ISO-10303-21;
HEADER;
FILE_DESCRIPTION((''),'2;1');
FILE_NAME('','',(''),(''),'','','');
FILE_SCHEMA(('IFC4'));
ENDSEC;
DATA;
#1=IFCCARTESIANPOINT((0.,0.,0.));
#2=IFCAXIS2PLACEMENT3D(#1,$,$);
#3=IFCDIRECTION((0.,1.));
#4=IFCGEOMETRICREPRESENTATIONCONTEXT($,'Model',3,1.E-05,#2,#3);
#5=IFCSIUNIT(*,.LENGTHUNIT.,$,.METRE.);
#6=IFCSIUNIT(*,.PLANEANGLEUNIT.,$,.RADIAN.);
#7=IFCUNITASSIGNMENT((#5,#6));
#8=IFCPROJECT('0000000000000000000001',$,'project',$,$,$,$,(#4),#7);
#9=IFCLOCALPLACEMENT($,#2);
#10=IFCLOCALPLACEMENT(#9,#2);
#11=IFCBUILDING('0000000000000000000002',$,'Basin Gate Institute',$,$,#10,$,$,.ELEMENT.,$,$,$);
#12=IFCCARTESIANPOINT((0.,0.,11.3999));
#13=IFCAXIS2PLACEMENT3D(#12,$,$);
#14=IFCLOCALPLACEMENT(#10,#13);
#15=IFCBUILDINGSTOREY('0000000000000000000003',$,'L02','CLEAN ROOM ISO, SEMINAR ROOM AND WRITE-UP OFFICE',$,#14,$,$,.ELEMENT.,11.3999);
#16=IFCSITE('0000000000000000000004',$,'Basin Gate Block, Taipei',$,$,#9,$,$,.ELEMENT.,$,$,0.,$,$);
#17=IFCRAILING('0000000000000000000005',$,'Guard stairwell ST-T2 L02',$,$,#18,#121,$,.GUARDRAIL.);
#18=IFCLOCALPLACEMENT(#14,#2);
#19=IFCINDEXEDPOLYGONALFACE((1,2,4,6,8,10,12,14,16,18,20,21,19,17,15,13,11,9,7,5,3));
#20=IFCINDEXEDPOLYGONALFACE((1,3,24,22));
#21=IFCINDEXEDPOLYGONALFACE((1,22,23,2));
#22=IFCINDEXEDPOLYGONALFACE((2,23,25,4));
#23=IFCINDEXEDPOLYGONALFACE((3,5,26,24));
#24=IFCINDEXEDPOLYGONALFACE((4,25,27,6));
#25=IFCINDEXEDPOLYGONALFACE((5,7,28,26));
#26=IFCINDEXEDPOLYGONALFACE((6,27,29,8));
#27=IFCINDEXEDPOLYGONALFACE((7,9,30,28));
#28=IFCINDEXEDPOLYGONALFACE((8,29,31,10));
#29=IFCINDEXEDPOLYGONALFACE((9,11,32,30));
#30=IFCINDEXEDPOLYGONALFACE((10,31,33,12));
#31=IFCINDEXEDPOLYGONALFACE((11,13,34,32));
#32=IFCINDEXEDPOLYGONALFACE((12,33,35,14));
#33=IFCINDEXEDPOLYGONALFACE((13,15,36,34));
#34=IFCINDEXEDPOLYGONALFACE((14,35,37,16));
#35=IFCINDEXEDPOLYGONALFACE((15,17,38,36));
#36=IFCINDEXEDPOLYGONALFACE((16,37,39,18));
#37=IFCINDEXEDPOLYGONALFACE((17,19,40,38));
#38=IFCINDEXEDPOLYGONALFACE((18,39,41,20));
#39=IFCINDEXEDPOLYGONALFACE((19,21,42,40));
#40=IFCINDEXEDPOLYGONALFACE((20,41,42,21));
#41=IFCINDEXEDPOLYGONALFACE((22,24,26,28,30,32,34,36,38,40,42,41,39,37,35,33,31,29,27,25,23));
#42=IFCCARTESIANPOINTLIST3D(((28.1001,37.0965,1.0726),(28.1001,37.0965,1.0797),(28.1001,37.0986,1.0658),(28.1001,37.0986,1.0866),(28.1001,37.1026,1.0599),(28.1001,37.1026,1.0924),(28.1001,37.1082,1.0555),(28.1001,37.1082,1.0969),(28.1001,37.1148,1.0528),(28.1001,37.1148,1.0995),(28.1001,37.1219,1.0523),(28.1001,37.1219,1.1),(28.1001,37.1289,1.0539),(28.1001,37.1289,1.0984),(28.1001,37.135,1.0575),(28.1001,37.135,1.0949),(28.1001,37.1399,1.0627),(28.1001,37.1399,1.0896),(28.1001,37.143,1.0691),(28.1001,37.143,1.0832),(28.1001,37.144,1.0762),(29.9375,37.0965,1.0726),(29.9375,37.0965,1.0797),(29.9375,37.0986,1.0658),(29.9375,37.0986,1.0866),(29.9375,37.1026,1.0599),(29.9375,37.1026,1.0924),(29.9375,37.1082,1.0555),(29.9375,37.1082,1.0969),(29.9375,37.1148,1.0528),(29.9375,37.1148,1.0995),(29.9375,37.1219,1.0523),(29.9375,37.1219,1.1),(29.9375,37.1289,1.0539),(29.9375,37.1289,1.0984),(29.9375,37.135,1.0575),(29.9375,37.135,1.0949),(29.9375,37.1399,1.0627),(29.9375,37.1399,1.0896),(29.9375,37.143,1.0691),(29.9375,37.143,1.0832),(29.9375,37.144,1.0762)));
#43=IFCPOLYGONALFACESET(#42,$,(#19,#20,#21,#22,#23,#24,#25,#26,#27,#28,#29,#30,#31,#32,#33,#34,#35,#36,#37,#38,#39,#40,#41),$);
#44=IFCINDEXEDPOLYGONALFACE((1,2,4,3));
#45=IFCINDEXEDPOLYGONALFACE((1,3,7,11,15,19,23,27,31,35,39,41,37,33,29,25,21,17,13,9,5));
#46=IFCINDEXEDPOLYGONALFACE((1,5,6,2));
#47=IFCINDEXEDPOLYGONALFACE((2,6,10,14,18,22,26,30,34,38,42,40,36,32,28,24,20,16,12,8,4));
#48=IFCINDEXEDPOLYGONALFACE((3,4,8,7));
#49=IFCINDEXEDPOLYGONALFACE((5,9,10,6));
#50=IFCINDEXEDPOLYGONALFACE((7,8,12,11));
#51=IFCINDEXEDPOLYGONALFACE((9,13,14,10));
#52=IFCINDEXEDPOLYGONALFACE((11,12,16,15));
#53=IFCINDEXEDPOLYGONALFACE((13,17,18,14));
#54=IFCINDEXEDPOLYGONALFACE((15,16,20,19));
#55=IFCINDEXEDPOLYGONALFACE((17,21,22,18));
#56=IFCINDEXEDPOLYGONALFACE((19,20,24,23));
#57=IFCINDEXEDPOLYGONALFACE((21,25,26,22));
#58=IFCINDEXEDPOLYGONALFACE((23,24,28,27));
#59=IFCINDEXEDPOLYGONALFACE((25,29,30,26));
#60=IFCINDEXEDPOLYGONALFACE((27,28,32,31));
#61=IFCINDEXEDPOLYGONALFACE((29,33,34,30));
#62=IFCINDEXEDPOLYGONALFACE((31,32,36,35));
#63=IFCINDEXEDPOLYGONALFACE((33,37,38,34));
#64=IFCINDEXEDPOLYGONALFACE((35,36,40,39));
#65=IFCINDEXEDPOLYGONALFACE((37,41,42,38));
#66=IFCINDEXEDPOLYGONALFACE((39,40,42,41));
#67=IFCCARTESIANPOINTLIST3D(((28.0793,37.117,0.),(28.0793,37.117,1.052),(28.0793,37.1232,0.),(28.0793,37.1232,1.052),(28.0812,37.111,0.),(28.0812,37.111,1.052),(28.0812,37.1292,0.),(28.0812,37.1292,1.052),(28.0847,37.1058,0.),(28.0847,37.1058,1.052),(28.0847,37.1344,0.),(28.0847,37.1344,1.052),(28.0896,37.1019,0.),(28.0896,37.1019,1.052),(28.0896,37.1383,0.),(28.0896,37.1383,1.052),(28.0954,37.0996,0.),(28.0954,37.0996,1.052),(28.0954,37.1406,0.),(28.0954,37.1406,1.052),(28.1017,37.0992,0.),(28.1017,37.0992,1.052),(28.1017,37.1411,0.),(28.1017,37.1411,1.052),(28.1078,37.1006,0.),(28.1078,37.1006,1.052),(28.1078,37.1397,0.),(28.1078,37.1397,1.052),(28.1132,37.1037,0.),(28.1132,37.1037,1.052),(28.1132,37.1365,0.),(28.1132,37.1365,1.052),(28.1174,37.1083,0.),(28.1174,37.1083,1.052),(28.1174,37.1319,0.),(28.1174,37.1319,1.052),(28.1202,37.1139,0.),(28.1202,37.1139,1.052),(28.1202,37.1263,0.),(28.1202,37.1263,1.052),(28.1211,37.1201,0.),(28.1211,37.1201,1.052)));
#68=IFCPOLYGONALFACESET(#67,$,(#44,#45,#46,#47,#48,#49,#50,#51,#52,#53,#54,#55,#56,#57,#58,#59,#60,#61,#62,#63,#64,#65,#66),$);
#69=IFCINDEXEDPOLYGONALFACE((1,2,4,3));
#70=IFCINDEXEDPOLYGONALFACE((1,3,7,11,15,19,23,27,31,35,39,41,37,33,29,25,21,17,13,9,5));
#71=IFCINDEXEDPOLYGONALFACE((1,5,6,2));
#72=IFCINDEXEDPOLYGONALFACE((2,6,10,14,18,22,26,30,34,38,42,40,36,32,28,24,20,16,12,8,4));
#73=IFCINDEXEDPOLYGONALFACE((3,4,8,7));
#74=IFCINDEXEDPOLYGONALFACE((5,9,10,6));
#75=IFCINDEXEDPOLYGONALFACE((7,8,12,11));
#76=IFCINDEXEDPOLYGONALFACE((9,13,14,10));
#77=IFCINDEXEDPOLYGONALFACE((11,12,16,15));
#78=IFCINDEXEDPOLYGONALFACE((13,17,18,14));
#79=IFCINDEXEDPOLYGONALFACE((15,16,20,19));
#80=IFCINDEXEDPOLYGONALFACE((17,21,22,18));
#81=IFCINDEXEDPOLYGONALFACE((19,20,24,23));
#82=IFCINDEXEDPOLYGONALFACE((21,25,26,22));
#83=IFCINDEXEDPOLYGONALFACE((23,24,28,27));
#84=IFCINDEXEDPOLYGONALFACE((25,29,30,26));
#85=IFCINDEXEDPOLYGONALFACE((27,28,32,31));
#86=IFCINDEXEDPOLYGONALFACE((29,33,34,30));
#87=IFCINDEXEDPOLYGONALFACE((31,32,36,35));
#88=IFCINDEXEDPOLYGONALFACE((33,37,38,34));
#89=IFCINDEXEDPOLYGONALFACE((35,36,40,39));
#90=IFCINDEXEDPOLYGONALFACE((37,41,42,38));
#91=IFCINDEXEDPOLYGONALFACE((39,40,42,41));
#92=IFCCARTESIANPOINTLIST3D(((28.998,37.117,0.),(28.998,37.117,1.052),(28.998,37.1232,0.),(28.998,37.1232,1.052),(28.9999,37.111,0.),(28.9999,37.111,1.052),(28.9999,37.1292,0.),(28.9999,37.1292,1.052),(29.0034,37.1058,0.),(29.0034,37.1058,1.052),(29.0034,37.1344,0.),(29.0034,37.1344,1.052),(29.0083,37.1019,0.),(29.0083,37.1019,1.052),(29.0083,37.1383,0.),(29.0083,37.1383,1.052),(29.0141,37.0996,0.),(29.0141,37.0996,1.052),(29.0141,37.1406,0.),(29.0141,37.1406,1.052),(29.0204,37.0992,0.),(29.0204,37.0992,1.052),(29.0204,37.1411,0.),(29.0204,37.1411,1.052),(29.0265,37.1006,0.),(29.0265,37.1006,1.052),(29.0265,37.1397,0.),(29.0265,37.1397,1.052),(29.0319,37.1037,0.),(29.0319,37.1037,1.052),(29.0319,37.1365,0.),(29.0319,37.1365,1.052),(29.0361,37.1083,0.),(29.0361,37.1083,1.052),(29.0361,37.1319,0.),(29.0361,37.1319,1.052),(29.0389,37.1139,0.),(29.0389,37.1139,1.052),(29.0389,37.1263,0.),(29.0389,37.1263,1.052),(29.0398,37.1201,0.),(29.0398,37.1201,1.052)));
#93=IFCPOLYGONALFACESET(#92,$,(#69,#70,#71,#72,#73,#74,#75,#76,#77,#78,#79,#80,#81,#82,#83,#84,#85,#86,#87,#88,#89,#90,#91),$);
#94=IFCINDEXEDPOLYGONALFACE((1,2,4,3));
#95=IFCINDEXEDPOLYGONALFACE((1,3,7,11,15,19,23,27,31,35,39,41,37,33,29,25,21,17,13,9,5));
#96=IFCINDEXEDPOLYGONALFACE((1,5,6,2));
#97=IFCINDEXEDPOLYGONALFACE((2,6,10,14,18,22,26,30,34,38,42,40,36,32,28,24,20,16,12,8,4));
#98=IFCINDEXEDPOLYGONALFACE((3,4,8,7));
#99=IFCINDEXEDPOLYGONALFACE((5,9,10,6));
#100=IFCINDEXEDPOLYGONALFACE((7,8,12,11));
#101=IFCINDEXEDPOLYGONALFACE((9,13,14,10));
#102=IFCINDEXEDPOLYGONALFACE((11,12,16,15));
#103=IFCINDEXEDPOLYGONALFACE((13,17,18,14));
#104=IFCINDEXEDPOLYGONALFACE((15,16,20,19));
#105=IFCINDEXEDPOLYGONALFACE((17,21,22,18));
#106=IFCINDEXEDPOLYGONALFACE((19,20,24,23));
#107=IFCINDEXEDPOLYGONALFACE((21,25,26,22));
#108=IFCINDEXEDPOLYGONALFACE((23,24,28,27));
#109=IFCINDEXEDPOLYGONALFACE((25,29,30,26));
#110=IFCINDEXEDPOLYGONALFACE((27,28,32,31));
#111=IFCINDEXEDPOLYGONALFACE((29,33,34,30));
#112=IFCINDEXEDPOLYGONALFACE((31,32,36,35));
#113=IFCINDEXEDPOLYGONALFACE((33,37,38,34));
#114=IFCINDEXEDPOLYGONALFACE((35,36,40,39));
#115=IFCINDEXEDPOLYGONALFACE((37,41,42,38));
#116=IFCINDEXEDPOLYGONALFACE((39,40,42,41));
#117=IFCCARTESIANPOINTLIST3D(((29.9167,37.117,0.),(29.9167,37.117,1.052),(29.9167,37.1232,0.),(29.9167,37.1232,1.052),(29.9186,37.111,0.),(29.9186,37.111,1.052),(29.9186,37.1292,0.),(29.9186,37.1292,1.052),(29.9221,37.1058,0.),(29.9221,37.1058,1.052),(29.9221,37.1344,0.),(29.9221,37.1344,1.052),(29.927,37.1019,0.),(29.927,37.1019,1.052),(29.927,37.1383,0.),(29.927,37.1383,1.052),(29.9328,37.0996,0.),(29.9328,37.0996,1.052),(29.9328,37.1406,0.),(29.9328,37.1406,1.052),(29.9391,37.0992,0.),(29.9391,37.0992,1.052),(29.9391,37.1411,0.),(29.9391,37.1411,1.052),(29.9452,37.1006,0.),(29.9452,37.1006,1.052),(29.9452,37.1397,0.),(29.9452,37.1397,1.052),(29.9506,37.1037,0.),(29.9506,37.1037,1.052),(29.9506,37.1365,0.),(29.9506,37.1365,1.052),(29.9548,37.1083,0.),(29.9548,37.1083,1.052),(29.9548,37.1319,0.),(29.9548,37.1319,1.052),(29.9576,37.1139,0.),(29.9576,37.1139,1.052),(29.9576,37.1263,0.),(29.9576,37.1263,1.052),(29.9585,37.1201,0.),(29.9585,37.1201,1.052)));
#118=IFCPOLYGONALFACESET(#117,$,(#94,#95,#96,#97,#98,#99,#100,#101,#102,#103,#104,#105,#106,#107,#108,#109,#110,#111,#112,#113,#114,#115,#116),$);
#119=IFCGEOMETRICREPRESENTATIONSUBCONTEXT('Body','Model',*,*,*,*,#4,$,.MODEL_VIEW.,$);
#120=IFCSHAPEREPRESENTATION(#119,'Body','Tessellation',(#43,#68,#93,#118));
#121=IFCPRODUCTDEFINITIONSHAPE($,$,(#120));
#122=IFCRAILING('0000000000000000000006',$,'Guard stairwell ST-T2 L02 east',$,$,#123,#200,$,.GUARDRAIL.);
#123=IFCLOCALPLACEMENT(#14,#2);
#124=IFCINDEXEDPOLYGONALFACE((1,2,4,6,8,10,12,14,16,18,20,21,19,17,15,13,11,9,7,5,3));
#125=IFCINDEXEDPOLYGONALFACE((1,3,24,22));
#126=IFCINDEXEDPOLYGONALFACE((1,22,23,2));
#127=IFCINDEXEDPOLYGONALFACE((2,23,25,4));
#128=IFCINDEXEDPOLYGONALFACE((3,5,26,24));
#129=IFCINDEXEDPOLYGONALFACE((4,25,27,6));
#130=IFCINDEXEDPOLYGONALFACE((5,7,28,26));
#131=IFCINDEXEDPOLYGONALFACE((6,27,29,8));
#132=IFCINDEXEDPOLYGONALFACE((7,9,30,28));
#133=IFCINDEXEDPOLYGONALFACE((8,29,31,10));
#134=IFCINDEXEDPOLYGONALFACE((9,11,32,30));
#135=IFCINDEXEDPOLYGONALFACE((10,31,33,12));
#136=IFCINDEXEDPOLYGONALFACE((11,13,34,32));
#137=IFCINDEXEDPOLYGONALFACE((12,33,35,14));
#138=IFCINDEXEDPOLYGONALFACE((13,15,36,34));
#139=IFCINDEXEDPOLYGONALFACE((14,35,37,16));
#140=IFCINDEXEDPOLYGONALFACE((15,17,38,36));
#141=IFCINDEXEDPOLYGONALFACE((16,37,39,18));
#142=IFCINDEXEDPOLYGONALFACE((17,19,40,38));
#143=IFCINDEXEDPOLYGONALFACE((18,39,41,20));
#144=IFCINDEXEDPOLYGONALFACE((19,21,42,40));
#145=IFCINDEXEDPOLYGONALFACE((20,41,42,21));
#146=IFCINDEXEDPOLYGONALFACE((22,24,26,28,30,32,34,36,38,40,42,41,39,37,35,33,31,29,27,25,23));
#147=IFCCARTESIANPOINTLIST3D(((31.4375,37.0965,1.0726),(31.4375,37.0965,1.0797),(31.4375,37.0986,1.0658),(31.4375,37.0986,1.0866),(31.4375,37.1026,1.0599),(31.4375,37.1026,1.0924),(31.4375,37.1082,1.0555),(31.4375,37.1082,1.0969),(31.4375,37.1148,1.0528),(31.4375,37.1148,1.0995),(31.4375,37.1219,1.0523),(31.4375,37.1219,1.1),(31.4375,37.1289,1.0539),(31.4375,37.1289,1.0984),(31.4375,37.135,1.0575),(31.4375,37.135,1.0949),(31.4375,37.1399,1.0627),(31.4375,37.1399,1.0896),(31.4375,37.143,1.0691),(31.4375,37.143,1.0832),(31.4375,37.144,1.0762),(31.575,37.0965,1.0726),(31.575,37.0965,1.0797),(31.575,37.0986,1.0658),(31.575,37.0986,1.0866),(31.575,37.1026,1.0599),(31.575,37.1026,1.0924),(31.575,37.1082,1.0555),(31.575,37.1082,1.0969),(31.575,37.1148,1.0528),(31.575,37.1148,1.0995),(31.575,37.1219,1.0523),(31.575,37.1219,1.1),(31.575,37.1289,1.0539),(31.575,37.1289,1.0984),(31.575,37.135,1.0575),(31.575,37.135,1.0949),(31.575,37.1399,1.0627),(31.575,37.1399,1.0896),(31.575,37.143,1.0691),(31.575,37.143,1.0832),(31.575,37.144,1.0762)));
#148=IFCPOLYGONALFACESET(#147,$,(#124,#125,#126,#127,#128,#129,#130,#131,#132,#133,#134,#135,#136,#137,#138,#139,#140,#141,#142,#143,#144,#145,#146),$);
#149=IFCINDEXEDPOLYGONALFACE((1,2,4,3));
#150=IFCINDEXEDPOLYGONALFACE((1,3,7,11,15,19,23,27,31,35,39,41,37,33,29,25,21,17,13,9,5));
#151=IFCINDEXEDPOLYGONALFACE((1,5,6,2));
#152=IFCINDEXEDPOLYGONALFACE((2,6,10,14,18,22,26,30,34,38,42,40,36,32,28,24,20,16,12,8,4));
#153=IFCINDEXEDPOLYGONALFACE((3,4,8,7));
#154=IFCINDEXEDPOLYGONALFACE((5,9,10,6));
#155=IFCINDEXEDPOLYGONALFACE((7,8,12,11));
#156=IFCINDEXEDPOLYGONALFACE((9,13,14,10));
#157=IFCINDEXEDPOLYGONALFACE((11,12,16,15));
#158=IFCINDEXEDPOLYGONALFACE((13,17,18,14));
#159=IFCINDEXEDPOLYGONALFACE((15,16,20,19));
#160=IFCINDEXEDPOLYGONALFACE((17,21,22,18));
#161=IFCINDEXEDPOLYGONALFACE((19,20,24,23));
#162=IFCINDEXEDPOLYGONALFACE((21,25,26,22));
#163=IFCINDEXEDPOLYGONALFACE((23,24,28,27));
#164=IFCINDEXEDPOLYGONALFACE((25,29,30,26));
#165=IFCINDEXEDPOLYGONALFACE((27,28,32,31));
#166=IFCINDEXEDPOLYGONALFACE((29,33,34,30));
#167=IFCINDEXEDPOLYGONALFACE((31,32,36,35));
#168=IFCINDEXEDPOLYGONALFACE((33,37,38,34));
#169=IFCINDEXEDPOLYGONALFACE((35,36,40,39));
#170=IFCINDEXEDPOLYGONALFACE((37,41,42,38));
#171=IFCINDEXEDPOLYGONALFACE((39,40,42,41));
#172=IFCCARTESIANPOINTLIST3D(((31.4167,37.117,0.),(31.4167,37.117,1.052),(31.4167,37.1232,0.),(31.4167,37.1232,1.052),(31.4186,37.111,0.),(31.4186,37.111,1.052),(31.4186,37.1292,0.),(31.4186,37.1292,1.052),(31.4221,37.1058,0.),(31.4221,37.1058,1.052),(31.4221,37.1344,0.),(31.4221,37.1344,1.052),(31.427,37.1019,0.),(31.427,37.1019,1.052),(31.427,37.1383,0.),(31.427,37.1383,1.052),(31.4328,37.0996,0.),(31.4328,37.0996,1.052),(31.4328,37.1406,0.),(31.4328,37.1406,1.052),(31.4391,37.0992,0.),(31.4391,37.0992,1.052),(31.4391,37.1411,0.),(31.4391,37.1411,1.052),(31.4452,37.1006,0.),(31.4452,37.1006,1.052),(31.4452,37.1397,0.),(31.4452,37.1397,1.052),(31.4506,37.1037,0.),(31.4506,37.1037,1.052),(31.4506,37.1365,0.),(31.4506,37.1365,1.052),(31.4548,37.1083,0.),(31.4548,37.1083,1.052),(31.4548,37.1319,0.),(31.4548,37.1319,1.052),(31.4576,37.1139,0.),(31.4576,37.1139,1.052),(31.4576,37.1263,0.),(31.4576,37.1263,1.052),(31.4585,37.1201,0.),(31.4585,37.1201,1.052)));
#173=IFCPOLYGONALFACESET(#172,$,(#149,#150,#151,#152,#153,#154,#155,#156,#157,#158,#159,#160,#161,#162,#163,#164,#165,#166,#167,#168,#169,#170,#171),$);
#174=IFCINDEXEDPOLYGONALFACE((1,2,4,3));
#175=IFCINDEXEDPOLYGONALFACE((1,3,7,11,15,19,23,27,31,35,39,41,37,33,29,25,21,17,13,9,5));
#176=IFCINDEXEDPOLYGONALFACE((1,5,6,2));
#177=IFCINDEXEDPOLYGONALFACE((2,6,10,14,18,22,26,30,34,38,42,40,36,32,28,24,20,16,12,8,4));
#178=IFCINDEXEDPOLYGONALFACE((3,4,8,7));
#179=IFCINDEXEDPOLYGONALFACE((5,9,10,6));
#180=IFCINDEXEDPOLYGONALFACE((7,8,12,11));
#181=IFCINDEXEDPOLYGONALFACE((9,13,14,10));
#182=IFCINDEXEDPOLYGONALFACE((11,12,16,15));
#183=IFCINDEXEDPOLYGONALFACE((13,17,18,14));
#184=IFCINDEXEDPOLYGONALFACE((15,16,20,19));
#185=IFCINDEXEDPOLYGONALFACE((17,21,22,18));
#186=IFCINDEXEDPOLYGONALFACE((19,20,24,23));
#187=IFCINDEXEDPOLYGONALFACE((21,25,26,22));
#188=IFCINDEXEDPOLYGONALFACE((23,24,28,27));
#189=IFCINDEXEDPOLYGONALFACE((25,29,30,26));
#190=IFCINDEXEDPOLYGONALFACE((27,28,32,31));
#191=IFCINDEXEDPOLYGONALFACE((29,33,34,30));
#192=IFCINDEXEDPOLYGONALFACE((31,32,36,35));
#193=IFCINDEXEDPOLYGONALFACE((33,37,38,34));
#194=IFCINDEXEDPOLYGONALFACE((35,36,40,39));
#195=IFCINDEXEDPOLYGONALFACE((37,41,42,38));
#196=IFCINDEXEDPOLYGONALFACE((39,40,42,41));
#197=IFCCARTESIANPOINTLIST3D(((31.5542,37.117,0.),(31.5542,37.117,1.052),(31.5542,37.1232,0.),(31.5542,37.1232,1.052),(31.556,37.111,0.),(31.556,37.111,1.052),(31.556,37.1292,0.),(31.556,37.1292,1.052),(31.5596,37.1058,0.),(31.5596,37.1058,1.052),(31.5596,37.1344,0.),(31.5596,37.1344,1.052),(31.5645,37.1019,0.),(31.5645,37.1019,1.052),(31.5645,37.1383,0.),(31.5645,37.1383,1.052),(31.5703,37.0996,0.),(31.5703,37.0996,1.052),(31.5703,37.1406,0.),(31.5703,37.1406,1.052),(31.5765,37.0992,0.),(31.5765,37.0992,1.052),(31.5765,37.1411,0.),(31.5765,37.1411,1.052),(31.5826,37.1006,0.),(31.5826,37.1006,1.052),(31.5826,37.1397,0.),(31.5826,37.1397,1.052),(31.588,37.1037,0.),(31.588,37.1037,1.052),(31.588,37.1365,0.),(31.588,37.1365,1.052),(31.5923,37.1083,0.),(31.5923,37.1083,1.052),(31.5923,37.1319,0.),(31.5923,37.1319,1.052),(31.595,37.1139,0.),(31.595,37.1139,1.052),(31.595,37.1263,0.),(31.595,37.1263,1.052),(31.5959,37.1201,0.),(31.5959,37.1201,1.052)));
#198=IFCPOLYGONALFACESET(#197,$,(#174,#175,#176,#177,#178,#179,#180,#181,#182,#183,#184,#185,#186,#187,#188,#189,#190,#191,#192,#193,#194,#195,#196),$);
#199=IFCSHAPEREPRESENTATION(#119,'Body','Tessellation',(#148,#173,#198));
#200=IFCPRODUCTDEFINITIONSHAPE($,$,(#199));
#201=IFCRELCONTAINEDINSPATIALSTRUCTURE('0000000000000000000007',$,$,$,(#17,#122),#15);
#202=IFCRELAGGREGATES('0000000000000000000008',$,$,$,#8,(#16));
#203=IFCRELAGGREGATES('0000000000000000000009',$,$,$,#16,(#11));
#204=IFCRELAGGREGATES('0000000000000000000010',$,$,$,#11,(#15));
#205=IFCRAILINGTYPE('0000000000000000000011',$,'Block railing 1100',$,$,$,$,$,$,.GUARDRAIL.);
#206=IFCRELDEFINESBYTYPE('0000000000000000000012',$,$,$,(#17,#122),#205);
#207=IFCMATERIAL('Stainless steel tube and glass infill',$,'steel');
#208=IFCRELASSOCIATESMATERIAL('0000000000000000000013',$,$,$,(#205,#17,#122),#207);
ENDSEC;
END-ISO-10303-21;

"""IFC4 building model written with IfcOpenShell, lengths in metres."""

from ifc_helpers import new_model, si_unit, direction, frame, origin, origin_2d, place, context, subcontext, project, spatial, circle, extrude, material, type_object, element, save


model = new_model("IFC4")

# Units and contexts
model_context = context("Model", 3, precision=1e-05, world=origin(), true_north=direction((0.0, 1.0)))
body_context = subcontext(model_context, "Body", "Model", "MODEL_VIEW")
ifc_project = project(units=[si_unit("LENGTHUNIT", "METRE"), si_unit("PLANEANGLEUNIT", "RADIAN")], contexts=[model_context])

# Site, building, storey
site_placement = place(None, origin())
site = spatial("IfcSite", under=ifc_project, at=site_placement, Name="Basin Gate Block, Taipei", CompositionType="ELEMENT", RefElevation=0.0)
building_placement = place(site_placement, origin())
building = spatial("IfcBuilding", under=site, at=building_placement, Name="Basin Gate Institute", CompositionType="ELEMENT")
storey_placement = place(building_placement, frame((0.0, 0.0, 11.3999)))
storey = spatial("IfcBuildingStorey", under=building, at=storey_placement, Name="L02", Description="CLEAN ROOM ISO, SEMINAR ROOM AND WRITE-UP OFFICE", CompositionType="ELEMENT", Elevation=11.3999)

# Railings
ifc_material_1 = material(Name="Stainless steel tube and glass infill", Category="steel")
railing_type = type_object("IfcRailingType", Name="Block railing 1100", PredefinedType="GUARDRAIL", material=ifc_material_1)
railing_1_placement = place(storey_placement, frame((28.1001, 37.1201, 0.0)))
element("IfcRailing", 1, at=railing_1_placement, inside=storey, type_object=railing_type, material=ifc_material_1, Name="Guard stairwell ST-T2 L02", PredefinedType="GUARDRAIL", context=body_context, shape_type="SweptSolid", body=[
    extrude(circle(Radius=0.0239, at=origin_2d()), frame((0.0, 0.0, 1.0762), z_axis=(1.0, 0.0, 0.0), x_axis=(0.0, 1.0, 0.0)), (0.0, 0.0, 1.0), 1.8374),
    extrude(circle(Radius=0.021, at=origin_2d()), origin(), (0.0, 0.0, 1.0), 1.052),
    extrude(circle(Radius=0.021, at=origin_2d()), frame((0.9187, 0.0, 0.0)), (0.0, 0.0, 1.0), 1.052),
    extrude(circle(Radius=0.021, at=origin_2d()), frame((1.8374, 0.0, 0.0)), (0.0, 0.0, 1.0), 1.052),
])
railing_2_placement = place(storey_placement, frame((31.4375, 37.1201, 0.0)))
element("IfcRailing", 2, at=railing_2_placement, inside=storey, type_object=railing_type, material=ifc_material_1, Name="Guard stairwell ST-T2 L02 east", PredefinedType="GUARDRAIL", context=body_context, shape_type="SweptSolid", body=[
    extrude(circle(Radius=0.0239, at=origin_2d()), frame((0.0, 0.0, 1.0762), z_axis=(1.0, 0.0, 0.0), x_axis=(0.0, 1.0, 0.0)), (0.0, 0.0, 1.0), 0.1375),
    extrude(circle(Radius=0.021, at=origin_2d()), origin(), (0.0, 0.0, 1.0), 1.052),
    extrude(circle(Radius=0.021, at=origin_2d()), frame((0.1375, 0.0, 0.0)), (0.0, 0.0, 1.0), 1.052),
])

save(model, "model.ifc")
